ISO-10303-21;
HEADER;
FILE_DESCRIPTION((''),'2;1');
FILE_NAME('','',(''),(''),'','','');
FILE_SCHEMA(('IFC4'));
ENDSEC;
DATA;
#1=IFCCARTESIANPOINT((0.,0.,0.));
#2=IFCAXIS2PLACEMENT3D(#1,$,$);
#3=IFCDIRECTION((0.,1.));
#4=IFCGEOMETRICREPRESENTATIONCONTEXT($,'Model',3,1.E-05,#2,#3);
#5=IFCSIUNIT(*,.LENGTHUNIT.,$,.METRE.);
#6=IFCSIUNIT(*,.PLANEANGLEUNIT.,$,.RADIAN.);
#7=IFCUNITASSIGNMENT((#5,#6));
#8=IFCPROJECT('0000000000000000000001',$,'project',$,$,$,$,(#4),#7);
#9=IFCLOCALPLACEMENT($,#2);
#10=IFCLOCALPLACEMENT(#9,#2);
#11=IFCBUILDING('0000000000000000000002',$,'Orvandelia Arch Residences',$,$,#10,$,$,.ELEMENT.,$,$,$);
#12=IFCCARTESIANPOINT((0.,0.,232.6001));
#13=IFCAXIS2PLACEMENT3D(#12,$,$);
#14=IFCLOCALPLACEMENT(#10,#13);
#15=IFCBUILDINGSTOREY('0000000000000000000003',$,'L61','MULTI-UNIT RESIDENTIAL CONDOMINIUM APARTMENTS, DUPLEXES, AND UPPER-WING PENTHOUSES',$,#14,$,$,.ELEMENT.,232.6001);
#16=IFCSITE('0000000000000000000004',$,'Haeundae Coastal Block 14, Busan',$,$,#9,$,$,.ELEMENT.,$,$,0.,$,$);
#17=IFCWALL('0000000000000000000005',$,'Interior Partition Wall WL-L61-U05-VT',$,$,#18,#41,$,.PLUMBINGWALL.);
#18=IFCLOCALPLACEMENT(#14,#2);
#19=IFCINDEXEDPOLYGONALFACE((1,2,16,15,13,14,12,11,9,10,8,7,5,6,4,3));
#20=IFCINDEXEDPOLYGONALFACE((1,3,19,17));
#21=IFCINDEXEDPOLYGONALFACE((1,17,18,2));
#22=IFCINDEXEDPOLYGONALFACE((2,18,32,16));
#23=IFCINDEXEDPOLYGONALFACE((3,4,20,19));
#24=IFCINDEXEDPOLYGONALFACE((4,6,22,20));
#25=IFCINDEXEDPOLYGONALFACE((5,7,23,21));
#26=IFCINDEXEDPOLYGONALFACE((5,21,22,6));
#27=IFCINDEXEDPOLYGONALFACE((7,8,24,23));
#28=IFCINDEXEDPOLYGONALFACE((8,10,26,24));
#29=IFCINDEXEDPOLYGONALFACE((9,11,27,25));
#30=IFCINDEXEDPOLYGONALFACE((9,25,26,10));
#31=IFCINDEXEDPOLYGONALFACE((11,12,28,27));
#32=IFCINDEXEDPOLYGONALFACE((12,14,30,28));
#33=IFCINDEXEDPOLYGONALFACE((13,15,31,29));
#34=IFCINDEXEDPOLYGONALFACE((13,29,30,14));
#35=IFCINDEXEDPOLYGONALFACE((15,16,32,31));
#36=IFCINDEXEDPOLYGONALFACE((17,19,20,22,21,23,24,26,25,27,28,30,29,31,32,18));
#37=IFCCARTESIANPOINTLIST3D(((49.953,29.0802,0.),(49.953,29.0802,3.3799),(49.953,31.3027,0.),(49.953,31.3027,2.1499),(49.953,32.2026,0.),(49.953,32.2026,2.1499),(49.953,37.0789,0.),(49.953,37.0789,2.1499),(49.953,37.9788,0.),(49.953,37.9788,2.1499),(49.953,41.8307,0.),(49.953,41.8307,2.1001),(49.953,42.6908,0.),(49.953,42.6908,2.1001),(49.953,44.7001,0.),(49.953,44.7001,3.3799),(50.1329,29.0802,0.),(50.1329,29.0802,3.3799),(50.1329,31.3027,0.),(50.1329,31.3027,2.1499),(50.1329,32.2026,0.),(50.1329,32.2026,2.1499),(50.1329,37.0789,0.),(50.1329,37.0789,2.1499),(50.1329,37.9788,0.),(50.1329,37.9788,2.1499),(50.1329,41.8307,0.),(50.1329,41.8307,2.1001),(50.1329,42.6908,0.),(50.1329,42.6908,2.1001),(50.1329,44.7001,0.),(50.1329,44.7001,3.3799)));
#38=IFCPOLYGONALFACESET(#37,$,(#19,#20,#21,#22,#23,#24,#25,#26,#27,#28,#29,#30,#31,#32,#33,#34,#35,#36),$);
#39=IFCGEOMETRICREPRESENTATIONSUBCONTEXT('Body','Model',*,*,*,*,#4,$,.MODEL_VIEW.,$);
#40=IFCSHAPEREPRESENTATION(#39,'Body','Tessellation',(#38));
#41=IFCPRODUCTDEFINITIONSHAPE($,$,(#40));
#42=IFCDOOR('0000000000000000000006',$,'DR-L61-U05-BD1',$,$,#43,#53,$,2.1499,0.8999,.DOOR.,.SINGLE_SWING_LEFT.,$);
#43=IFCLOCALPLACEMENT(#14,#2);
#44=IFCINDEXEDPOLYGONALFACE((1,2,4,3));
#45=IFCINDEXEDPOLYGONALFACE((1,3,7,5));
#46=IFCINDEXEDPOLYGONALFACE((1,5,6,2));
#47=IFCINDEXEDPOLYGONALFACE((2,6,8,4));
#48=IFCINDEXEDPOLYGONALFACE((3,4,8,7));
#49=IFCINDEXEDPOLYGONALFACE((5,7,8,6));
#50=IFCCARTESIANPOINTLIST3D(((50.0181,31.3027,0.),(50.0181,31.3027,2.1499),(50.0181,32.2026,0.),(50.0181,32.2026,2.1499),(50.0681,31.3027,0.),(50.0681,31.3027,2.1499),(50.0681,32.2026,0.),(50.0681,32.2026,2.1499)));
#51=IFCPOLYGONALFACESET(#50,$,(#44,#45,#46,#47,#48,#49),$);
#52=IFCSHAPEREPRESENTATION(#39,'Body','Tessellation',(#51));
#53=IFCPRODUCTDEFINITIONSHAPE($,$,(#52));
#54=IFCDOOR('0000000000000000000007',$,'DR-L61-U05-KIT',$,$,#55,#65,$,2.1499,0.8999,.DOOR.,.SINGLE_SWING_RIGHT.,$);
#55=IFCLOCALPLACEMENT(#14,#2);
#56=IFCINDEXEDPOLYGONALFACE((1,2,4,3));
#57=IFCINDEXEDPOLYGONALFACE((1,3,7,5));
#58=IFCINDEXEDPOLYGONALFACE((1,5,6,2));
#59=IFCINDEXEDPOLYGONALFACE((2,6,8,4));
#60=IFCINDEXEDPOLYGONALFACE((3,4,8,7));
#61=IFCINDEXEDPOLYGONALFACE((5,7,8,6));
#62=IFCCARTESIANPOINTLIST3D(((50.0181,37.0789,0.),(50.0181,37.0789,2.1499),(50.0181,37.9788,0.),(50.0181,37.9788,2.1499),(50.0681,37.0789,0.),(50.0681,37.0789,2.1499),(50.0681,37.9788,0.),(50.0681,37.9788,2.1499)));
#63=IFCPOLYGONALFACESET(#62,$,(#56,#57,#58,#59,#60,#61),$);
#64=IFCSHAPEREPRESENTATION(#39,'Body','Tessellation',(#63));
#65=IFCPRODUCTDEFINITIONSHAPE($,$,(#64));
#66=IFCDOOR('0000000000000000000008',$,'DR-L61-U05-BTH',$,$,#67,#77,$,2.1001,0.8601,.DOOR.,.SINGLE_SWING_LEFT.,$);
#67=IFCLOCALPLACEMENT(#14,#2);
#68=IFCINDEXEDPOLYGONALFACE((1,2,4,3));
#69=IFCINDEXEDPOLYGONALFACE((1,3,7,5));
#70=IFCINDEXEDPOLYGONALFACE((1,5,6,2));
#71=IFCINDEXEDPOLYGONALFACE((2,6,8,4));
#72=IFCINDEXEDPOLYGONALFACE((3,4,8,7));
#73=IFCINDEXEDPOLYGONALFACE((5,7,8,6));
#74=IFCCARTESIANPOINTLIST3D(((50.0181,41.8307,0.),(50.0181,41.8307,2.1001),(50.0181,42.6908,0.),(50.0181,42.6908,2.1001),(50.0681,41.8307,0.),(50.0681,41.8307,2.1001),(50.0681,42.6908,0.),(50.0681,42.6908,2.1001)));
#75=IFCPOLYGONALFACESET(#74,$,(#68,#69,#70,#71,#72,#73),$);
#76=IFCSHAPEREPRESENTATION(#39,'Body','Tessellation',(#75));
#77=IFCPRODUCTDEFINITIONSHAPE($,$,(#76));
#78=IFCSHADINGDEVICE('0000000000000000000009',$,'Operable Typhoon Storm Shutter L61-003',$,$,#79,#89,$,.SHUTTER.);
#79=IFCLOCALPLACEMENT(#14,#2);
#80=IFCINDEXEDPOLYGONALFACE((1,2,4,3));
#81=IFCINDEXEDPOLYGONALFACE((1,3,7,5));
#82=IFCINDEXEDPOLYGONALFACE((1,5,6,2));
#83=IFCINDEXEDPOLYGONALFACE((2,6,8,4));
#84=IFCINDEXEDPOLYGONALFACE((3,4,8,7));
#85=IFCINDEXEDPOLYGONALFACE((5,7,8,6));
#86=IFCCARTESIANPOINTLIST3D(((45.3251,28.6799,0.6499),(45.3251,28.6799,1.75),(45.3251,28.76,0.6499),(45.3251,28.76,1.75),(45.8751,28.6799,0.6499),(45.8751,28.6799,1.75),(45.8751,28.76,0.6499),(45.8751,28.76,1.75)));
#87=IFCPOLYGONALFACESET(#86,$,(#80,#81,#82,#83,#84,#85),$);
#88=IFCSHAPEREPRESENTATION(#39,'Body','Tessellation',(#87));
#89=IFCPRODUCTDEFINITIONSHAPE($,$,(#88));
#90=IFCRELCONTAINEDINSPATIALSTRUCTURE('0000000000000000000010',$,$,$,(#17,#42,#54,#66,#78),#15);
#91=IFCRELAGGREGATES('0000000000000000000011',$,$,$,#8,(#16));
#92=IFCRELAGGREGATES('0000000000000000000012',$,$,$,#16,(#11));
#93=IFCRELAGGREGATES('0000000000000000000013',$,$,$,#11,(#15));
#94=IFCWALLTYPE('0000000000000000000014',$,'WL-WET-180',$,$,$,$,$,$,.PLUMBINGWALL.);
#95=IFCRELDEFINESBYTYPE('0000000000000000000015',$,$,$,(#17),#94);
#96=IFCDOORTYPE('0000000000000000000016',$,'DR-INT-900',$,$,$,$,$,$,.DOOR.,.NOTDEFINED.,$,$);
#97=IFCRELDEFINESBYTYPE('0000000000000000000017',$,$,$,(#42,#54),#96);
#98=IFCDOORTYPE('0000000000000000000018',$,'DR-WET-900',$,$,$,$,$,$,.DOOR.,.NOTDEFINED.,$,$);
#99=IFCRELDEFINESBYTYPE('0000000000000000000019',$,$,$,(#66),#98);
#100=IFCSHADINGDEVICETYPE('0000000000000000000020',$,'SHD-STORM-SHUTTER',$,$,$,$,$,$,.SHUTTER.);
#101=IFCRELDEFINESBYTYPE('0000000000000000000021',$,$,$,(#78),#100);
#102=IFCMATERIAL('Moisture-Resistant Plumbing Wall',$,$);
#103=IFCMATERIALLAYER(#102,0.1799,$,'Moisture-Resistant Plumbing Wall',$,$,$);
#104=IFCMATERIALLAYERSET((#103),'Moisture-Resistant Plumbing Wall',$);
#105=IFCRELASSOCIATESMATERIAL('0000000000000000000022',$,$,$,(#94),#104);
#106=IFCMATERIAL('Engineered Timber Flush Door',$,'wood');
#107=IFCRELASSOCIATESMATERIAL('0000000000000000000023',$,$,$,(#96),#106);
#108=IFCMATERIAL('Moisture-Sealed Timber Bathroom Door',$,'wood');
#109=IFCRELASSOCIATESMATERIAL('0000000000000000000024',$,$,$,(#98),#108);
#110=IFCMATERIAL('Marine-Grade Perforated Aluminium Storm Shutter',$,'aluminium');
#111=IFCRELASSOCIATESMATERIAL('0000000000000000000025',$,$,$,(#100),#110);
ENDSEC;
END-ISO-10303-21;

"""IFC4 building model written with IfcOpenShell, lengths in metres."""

from ifc_helpers import new_model, si_unit, direction, frame, frame_2d, origin, origin_2d, place, context, subcontext, project, spatial, rectangle, extrude, material, layer, layer_set, type_object, element, fill, save


model = new_model("IFC4")

# Units and contexts
model_context = context("Model", 3, precision=1e-05, world=origin(), true_north=direction((0.0, 1.0)))
body_context = subcontext(model_context, "Body", "Model", "MODEL_VIEW")
ifc_project = project(units=[si_unit("LENGTHUNIT", "METRE"), si_unit("PLANEANGLEUNIT", "RADIAN")], contexts=[model_context])

# Site, building, storey
site_placement = place(None, origin())
site = spatial("IfcSite", under=ifc_project, at=site_placement, Name="Haeundae Coastal Block 14, Busan", CompositionType="ELEMENT", RefElevation=0.0)
building_placement = place(site_placement, origin())
building = spatial("IfcBuilding", under=site, at=building_placement, Name="Orvandelia Arch Residences", CompositionType="ELEMENT")
storey_placement = place(building_placement, frame((0.0, 0.0, 232.6001)))
storey = spatial("IfcBuildingStorey", under=building, at=storey_placement, Name="L61", Description="MULTI-UNIT RESIDENTIAL CONDOMINIUM APARTMENTS, DUPLEXES, AND UPPER-WING PENTHOUSES", CompositionType="ELEMENT", Elevation=232.6001)

# Wall, openings, doors
ifc_material_1 = material(Name="Moisture-Resistant Plumbing Wall")
ifc_layer_1 = layer(ifc_material_1, 0.1799, Name="Moisture-Resistant Plumbing Wall")
ifc_layer_set_1 = layer_set([ifc_layer_1], Name="Moisture-Resistant Plumbing Wall")
wall_type_1 = type_object("IfcWallType", Name="WL-WET-180", PredefinedType="PLUMBINGWALL", material=ifc_layer_set_1)
wall_1_placement = place(storey_placement, frame((50.043, 29.0801, 0.0), z_axis=(0.0, 0.0, 1.0), x_axis=(0.0, 1.0, 0.0)))
wall_1 = element("IfcWall", 1, at=wall_1_placement, inside=storey, type_object=wall_type_1, Name="Interior Partition Wall WL-L61-U05-VT", PredefinedType="PLUMBINGWALL", context=body_context, shape_type="SweptSolid", body=[
    extrude(rectangle(XDim=15.6199, YDim=0.1799, at=frame_2d((7.8101, 0.0))), origin(), (0.0, 0.0, 1.0), 3.3799),
])
opening_1_placement = place(wall_1_placement, frame((2.2227, 0.0, 0.0)))
opening_1 = element("IfcOpeningElement", 2, at=opening_1_placement, cuts=wall_1, PredefinedType="OPENING", context=body_context, shape_type="SweptSolid", body=[
    extrude(rectangle(XDim=0.8999, YDim=2.1499, at=frame_2d((0.45, 1.075))), frame((0.0, 0.1001, 0.0), z_axis=(0.0, -1.0, 0.0), x_axis=(1.0, 0.0, 0.0)), (0.0, 0.0, 1.0), 0.2),
])
opening_2_placement = place(wall_1_placement, frame((7.9988, 0.0, 0.0)))
opening_2 = element("IfcOpeningElement", 3, at=opening_2_placement, cuts=wall_1, PredefinedType="OPENING", context=body_context, shape_type="SweptSolid", body=[
    extrude(rectangle(XDim=0.8999, YDim=2.1499, at=frame_2d((0.45, 1.075))), frame((0.0, 0.1001, 0.0), z_axis=(0.0, -1.0, 0.0), x_axis=(1.0, 0.0, 0.0)), (0.0, 0.0, 1.0), 0.2),
])
opening_3_placement = place(wall_1_placement, frame((12.7505, 0.0, 0.0)))
opening_3 = element("IfcOpeningElement", 4, at=opening_3_placement, cuts=wall_1, PredefinedType="OPENING", context=body_context, shape_type="SweptSolid", body=[
    extrude(rectangle(XDim=0.8601, YDim=2.1001, at=frame_2d((0.4302, 1.05))), frame((0.0, 0.1001, 0.0), z_axis=(0.0, -1.0, 0.0), x_axis=(1.0, 0.0, 0.0)), (0.0, 0.0, 1.0), 0.2),
])
ifc_material_2 = material(Name="Engineered Timber Flush Door", Category="wood")
door_type_1 = type_object("IfcDoorType", Name="DR-INT-900", OperationType="NOTDEFINED", PredefinedType="DOOR", material=ifc_material_2)
door_1_placement = place(opening_1_placement, origin())
door_1 = element("IfcDoor", 5, at=door_1_placement, inside=storey, type_object=door_type_1, Name="DR-L61-U05-BD1", OperationType="SINGLE_SWING_LEFT", OverallHeight=2.1499, OverallWidth=0.8999, PredefinedType="DOOR", context=body_context, shape_type="SweptSolid", body=[
    extrude(rectangle(XDim=0.8999, YDim=2.1499, at=frame_2d((0.45, 1.075))), frame((0.0, 0.0249, 0.0), z_axis=(0.0, -1.0, 0.0), x_axis=(1.0, 0.0, 0.0)), (0.0, 0.0, 1.0), 0.05),
])
fill(opening_1, door_1)
door_2_placement = place(opening_2_placement, origin())
door_2 = element("IfcDoor", 6, at=door_2_placement, inside=storey, type_object=door_type_1, Name="DR-L61-U05-KIT", OperationType="SINGLE_SWING_RIGHT", OverallHeight=2.1499, OverallWidth=0.8999, PredefinedType="DOOR", context=body_context, shape_type="SweptSolid", body=[
    extrude(rectangle(XDim=0.8999, YDim=2.1499, at=frame_2d((0.45, 1.075))), frame((0.0, 0.0249, 0.0), z_axis=(0.0, -1.0, 0.0), x_axis=(1.0, 0.0, 0.0)), (0.0, 0.0, 1.0), 0.05),
])
fill(opening_2, door_2)
ifc_material_3 = material(Name="Moisture-Sealed Timber Bathroom Door", Category="wood")
door_type_2 = type_object("IfcDoorType", Name="DR-WET-900", OperationType="NOTDEFINED", PredefinedType="DOOR", material=ifc_material_3)
door_3_placement = place(opening_3_placement, origin())
door_3 = element("IfcDoor", 7, at=door_3_placement, inside=storey, type_object=door_type_2, Name="DR-L61-U05-BTH", OperationType="SINGLE_SWING_LEFT", OverallHeight=2.1001, OverallWidth=0.8601, PredefinedType="DOOR", context=body_context, shape_type="SweptSolid", body=[
    extrude(rectangle(XDim=0.8601, YDim=2.1001, at=frame_2d((0.4302, 1.05))), frame((0.0, 0.0249, 0.0), z_axis=(0.0, -1.0, 0.0), x_axis=(1.0, 0.0, 0.0)), (0.0, 0.0, 1.0), 0.05),
])
fill(opening_3, door_3)

# Shading device
ifc_material_4 = material(Name="Marine-Grade Perforated Aluminium Storm Shutter", Category="aluminium")
shading_device_type = type_object("IfcShadingDeviceType", Name="SHD-STORM-SHUTTER", PredefinedType="SHUTTER", material=ifc_material_4)
shading_device_placement = place(storey_placement, frame((45.6001, 28.72, 0.6499), z_axis=(0.0, 0.0, 1.0), x_axis=(-1.0, 0.0, 0.0)))
element("IfcShadingDevice", 8, at=shading_device_placement, inside=storey, type_object=shading_device_type, Name="Operable Typhoon Storm Shutter L61-003", PredefinedType="SHUTTER", context=body_context, shape_type="SweptSolid", body=[
    extrude(rectangle(XDim=0.55, YDim=0.0801, at=origin_2d()), origin(), (0.0, 0.0, 1.0), 1.1001),
])

save(model, "model.ifc")
